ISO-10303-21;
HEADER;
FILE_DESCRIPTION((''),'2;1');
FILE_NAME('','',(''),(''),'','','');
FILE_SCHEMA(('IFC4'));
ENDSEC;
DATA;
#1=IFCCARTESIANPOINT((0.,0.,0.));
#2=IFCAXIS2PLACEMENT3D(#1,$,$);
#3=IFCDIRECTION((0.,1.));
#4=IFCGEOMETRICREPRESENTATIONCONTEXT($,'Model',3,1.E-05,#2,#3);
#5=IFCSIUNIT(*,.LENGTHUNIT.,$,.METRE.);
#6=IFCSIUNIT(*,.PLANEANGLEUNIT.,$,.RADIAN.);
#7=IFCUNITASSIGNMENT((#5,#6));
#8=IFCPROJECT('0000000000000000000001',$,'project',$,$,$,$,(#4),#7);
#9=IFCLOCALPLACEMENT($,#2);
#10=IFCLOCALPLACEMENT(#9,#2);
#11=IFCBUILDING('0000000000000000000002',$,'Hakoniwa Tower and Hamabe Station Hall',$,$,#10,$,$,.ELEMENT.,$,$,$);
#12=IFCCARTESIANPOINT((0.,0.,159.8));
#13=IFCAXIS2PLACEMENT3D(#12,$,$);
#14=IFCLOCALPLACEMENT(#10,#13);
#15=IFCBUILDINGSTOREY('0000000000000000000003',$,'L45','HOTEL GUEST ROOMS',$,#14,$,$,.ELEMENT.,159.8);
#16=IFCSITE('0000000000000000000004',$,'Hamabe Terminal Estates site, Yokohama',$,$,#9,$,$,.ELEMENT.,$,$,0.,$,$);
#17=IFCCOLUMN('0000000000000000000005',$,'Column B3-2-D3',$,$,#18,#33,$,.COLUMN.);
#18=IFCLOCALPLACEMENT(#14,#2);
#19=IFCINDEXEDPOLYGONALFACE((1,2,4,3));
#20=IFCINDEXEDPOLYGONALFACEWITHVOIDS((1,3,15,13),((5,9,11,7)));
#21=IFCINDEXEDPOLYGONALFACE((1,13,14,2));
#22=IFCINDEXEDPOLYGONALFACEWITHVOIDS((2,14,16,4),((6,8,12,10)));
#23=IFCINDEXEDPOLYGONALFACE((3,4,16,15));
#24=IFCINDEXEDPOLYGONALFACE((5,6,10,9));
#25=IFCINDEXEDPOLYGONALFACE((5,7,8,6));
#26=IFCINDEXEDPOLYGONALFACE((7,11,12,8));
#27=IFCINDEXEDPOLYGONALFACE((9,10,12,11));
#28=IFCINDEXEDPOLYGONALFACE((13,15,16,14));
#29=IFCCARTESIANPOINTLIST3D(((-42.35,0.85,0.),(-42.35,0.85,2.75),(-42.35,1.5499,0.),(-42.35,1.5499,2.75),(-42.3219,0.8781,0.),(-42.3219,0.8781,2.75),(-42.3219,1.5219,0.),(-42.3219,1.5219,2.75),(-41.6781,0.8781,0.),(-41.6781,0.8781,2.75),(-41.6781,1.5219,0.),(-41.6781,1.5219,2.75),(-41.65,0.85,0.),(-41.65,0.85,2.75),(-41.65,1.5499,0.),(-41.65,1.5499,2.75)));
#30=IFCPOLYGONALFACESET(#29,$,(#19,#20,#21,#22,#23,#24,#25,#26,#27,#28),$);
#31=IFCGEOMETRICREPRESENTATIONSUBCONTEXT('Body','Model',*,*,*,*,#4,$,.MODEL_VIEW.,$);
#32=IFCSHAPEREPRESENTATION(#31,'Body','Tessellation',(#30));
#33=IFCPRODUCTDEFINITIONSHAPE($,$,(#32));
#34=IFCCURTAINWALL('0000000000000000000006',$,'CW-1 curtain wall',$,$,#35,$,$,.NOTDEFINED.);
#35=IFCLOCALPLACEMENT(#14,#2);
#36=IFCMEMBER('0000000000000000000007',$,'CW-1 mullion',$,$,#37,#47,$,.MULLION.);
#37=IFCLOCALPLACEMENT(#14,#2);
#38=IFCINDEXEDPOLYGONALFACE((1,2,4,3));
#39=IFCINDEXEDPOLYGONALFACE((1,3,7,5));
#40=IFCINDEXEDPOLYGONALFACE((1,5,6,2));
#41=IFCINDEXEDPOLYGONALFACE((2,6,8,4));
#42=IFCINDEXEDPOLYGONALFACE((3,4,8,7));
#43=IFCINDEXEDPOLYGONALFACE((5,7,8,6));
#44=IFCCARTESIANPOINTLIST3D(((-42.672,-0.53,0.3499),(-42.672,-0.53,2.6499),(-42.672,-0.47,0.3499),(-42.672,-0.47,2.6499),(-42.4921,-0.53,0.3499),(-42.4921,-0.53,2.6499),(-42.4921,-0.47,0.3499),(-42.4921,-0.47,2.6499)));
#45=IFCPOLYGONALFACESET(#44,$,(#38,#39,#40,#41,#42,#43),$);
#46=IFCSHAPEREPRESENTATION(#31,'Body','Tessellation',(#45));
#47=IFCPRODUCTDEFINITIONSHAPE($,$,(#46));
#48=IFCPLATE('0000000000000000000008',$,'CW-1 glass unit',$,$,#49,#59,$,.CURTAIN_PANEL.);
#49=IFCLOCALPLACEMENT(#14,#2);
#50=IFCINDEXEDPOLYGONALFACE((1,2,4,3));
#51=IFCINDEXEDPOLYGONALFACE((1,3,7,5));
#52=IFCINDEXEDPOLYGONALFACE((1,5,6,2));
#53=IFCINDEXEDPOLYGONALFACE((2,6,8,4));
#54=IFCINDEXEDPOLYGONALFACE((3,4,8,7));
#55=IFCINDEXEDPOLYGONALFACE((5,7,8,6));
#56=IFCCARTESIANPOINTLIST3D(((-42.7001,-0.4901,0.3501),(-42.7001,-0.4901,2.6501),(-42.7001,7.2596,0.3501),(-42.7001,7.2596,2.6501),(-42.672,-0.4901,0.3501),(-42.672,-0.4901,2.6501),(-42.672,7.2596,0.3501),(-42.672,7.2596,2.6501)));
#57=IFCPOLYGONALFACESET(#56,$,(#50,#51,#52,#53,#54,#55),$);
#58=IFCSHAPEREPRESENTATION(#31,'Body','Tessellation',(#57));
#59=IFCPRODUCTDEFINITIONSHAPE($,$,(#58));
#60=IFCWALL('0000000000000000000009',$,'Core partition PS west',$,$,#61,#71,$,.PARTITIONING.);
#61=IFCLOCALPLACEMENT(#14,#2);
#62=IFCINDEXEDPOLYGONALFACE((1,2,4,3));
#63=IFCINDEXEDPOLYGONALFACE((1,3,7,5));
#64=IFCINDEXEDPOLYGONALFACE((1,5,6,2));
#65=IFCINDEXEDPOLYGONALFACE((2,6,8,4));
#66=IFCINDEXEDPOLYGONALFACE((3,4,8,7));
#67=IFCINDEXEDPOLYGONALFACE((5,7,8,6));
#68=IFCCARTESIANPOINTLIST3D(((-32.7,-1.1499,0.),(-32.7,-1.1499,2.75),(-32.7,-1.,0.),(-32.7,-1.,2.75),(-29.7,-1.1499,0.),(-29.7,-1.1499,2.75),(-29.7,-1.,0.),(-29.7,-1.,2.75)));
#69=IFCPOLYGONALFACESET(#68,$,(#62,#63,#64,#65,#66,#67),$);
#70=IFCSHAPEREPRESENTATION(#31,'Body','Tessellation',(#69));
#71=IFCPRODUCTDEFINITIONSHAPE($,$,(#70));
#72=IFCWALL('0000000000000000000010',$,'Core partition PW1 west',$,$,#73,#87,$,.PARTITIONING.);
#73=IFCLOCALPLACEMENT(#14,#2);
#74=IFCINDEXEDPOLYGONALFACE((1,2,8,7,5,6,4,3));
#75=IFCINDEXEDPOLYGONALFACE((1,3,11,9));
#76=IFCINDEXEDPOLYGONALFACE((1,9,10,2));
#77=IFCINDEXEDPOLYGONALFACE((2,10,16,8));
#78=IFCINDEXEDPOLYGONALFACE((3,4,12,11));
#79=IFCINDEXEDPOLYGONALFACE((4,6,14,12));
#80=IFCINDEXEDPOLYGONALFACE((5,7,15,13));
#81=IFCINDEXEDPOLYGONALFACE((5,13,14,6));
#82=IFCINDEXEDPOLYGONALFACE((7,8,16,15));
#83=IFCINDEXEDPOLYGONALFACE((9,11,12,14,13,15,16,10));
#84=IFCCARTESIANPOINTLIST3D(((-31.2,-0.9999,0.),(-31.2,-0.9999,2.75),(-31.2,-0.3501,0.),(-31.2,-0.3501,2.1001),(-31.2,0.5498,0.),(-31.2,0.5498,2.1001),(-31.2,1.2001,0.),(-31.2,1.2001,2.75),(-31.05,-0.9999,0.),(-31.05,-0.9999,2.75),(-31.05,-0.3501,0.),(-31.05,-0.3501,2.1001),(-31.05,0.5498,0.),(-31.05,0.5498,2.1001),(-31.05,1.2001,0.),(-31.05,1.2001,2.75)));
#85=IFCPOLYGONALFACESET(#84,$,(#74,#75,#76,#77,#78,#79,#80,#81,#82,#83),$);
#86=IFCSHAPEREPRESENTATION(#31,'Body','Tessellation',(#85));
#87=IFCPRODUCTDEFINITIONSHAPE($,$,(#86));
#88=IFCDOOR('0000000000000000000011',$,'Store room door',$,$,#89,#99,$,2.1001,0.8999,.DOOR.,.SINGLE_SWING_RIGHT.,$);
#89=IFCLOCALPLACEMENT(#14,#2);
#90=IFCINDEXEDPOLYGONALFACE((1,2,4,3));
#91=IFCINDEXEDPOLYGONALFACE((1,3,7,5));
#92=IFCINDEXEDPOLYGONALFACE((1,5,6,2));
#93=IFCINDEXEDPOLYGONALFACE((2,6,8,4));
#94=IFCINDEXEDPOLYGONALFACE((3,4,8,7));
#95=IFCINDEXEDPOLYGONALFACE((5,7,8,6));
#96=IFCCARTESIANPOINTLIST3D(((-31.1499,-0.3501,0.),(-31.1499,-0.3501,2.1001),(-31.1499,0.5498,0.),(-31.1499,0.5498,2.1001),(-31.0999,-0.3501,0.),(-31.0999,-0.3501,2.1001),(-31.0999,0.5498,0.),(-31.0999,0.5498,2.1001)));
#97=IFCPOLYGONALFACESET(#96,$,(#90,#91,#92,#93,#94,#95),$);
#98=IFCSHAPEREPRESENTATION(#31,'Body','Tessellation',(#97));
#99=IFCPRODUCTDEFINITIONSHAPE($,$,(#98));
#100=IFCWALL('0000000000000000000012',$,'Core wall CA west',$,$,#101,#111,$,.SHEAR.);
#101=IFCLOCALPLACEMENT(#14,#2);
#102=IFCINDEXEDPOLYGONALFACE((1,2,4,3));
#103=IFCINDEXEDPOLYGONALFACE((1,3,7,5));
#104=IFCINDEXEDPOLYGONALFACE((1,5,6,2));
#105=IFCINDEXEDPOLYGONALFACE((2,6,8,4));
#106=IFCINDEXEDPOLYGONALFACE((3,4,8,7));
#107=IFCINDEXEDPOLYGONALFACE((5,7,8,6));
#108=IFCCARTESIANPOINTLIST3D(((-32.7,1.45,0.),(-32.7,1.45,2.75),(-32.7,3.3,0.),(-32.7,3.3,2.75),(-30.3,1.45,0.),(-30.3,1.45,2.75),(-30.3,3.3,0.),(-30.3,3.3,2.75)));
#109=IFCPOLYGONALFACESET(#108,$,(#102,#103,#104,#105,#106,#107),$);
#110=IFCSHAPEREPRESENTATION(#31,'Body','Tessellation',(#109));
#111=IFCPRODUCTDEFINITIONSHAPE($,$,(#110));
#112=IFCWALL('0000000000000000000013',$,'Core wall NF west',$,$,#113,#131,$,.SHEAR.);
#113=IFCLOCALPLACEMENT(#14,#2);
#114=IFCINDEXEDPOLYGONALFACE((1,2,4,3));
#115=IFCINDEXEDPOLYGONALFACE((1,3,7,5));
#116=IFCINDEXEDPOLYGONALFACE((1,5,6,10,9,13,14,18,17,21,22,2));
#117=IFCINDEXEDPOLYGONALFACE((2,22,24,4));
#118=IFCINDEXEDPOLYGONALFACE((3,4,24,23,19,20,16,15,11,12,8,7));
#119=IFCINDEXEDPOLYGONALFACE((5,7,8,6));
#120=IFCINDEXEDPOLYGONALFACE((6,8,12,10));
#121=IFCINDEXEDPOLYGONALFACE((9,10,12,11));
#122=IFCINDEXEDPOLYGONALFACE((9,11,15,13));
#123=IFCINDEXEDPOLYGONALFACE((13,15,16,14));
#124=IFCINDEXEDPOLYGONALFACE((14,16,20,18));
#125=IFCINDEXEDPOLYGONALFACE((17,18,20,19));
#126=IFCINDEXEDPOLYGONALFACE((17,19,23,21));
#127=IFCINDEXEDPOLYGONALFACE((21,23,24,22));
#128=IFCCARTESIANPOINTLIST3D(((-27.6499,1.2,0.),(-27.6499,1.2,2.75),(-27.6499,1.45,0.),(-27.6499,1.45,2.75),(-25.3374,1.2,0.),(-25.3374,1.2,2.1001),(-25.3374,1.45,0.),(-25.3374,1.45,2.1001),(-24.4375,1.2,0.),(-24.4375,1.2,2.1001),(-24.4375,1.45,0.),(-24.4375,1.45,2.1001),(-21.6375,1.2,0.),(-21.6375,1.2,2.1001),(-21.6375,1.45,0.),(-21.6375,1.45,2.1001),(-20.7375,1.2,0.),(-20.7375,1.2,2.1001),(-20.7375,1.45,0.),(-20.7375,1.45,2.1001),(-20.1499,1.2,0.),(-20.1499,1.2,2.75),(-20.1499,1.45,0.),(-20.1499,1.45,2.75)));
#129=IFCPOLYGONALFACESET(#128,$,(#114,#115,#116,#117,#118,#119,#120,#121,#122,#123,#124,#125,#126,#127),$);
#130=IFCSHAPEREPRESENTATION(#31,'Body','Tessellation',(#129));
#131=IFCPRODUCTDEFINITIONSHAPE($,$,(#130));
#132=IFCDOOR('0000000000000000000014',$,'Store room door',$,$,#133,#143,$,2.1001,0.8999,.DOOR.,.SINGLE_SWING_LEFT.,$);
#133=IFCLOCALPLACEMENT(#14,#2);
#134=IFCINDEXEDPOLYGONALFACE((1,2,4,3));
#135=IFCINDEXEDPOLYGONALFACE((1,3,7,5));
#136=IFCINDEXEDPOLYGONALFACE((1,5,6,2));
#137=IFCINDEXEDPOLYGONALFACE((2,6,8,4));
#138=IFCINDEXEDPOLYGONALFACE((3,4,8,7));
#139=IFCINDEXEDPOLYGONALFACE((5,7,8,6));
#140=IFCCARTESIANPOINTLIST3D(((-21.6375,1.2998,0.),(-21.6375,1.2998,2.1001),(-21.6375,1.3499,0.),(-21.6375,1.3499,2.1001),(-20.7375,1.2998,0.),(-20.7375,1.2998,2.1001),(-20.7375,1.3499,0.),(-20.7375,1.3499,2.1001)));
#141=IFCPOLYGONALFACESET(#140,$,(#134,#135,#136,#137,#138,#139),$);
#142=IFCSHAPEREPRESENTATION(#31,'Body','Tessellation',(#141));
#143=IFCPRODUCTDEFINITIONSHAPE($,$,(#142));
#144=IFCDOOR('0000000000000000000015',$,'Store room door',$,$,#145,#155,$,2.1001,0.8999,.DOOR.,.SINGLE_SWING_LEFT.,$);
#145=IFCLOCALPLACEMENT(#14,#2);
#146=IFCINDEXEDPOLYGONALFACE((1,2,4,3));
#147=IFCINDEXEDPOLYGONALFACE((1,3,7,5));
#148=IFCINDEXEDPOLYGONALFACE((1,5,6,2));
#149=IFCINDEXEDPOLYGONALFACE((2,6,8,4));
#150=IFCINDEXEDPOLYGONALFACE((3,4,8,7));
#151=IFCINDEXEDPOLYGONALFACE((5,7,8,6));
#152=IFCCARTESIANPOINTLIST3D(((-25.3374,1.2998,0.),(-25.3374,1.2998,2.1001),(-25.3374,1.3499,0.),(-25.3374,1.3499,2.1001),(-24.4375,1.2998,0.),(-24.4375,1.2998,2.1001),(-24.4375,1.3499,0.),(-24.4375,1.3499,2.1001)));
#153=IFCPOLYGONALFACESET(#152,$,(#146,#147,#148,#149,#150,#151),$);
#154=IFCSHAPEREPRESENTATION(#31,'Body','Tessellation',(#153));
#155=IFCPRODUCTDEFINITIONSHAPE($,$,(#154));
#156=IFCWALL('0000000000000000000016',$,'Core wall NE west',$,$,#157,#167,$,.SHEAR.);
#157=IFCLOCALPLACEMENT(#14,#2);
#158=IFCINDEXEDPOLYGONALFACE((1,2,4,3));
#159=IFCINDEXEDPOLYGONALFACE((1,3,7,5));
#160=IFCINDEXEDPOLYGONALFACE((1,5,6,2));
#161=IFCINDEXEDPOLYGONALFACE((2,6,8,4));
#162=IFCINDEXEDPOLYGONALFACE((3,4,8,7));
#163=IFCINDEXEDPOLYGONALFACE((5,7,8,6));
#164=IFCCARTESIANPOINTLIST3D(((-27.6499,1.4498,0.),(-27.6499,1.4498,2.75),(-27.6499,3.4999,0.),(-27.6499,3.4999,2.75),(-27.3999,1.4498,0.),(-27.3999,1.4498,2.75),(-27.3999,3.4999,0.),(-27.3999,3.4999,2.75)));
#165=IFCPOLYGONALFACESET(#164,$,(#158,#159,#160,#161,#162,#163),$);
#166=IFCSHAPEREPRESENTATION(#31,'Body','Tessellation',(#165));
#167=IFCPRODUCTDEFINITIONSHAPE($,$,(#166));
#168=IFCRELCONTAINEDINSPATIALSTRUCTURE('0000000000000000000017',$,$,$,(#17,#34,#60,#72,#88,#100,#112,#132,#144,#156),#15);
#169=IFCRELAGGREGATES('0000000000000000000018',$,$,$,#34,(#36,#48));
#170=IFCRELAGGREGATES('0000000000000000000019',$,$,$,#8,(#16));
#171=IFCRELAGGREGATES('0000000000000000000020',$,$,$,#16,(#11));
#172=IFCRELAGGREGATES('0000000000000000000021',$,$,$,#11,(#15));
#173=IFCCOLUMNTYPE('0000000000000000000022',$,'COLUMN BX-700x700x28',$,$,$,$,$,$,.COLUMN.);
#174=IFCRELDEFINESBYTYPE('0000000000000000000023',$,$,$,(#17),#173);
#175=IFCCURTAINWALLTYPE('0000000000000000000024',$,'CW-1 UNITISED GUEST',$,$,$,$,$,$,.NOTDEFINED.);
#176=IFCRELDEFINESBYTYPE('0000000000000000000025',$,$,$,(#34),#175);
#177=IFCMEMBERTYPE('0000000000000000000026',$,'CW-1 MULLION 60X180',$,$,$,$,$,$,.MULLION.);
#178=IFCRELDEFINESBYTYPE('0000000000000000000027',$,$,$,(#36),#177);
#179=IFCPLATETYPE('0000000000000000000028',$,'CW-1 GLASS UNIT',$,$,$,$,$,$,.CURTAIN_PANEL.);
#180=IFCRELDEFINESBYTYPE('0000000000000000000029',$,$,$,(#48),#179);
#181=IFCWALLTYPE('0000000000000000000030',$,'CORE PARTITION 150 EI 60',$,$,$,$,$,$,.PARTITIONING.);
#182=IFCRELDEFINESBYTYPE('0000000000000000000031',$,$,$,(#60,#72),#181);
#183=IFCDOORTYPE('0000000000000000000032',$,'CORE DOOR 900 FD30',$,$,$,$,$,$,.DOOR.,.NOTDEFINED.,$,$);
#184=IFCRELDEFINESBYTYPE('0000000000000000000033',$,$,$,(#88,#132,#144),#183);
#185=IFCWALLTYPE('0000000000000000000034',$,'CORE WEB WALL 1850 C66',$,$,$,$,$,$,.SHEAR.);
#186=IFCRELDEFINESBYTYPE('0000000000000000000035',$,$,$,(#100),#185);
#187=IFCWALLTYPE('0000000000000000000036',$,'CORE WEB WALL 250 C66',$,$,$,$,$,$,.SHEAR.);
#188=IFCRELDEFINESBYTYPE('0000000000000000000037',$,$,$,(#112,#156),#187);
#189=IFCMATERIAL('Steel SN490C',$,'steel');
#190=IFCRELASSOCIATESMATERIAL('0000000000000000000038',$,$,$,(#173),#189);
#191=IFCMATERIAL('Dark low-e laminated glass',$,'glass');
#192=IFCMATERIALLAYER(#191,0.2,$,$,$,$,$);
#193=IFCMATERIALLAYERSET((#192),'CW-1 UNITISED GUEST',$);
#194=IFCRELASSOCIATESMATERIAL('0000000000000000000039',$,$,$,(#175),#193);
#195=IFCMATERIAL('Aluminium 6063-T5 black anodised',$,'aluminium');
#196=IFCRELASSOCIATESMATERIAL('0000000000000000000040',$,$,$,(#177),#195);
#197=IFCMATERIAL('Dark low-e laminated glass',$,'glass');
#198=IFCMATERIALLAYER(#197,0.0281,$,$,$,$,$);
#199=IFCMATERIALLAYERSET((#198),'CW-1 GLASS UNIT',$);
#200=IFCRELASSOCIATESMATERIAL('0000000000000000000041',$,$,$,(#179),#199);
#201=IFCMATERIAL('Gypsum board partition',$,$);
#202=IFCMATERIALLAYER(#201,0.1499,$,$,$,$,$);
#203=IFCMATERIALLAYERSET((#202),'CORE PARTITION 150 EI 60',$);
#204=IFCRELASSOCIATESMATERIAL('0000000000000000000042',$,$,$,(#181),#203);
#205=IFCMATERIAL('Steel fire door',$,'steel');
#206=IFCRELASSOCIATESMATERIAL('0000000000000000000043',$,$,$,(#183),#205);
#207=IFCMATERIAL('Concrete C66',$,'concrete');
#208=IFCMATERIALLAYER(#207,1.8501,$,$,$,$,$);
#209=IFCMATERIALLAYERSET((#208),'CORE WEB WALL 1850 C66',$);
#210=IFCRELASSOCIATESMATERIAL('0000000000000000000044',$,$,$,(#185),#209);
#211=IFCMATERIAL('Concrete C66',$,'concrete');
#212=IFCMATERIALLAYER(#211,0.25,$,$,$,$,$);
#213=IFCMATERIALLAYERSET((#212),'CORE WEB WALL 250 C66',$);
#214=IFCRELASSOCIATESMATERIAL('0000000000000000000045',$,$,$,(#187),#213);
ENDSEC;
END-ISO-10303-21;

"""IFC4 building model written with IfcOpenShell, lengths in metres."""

from ifc_helpers import new_model, si_unit, direction, frame, frame_2d, origin, origin_2d, place, context, subcontext, project, spatial, rectangle, hollow_rectangle, extrude, material, layer, layer_set, material_profile, profile_set, type_object, element, fill, aggregate, save


model = new_model("IFC4")

# Units and contexts
model_context = context("Model", 3, precision=1e-05, world=origin(), true_north=direction((0.0, 1.0)))
body_context = subcontext(model_context, "Body", "Model", "MODEL_VIEW")
ifc_project = project(units=[si_unit("LENGTHUNIT", "METRE"), si_unit("PLANEANGLEUNIT", "RADIAN")], contexts=[model_context])

# Site, building, storey
site_placement = place(None, origin())
site = spatial("IfcSite", under=ifc_project, at=site_placement, Name="Hamabe Terminal Estates site, Yokohama", CompositionType="ELEMENT", RefElevation=0.0)
building_placement = place(site_placement, origin())
building = spatial("IfcBuilding", under=site, at=building_placement, Name="Hakoniwa Tower and Hamabe Station Hall", CompositionType="ELEMENT")
storey_placement = place(building_placement, frame((0.0, 0.0, 159.8)))
storey = spatial("IfcBuildingStorey", under=building, at=storey_placement, Name="L45", Description="HOTEL GUEST ROOMS", CompositionType="ELEMENT", Elevation=159.8)

# Column
ifc_material_1 = material(Name="Steel SN490C", Category="steel")
ifc_material_profile_1 = material_profile(ifc_material_1, hollow_rectangle(XDim=0.7, YDim=0.7, WallThickness=0.0281, at=origin_2d()), Name="BX-700x700x28")
ifc_profile_set_1 = profile_set([ifc_material_profile_1], Name="Steel SN490C")
column_type = type_object("IfcColumnType", Name="COLUMN BX-700x700x28", PredefinedType="COLUMN", material=ifc_profile_set_1)
column_placement = place(storey_placement, frame((-42.0, 1.2, 0.0), z_axis=(0.0, 0.0, 1.0), x_axis=(1.0, 0.0, 0.0)))
element("IfcColumn", 1, at=column_placement, inside=storey, type_object=column_type, Name="Column B3-2-D3", PredefinedType="COLUMN", context=body_context, shape_type="SweptSolid", body=[
    extrude(hollow_rectangle(XDim=0.7, YDim=0.7, WallThickness=0.0281, at=origin_2d()), origin(), (0.0, 0.0, 1.0), 2.75),
])

# Curtain wall, member, plate
ifc_material_2 = material(Name="Dark low-e laminated glass", Category="glass")
ifc_layer_1 = layer(ifc_material_2, 0.2)
ifc_layer_set_1 = layer_set([ifc_layer_1], Name="CW-1 UNITISED GUEST")
curtain_wall_type = type_object("IfcCurtainWallType", Name="CW-1 UNITISED GUEST", PredefinedType="NOTDEFINED", material=ifc_layer_set_1)
curtain_wall_placement = place(storey_placement, origin())
curtain_wall = element("IfcCurtainWall", 2, at=curtain_wall_placement, inside=storey, type_object=curtain_wall_type, Name="CW-1 curtain wall", PredefinedType="NOTDEFINED")
ifc_material_3 = material(Name="Aluminium 6063-T5 black anodised", Category="aluminium")
ifc_material_profile_2 = material_profile(ifc_material_3, rectangle(XDim=0.0601, YDim=0.1799, at=origin_2d()), Name="CW-1 MULLION 60X180")
ifc_profile_set_2 = profile_set([ifc_material_profile_2], Name="Aluminium 6063-T5 black anodised")
member_type = type_object("IfcMemberType", Name="CW-1 MULLION 60X180", PredefinedType="MULLION", material=ifc_profile_set_2)
member_placement = place(storey_placement, frame((-42.582, -0.5, 0.3499), z_axis=(0.0, 0.0, 1.0), x_axis=(0.0, -1.0, 0.0)))
member = element("IfcMember", 3, at=member_placement, type_object=member_type, Name="CW-1 mullion", PredefinedType="MULLION", context=body_context, shape_type="SweptSolid", body=[
    extrude(rectangle(XDim=0.0601, YDim=0.1799, at=origin_2d()), origin(), (0.0, 0.0, 1.0), 2.3),
])
ifc_material_4 = material(Name="Dark low-e laminated glass", Category="glass")
ifc_layer_2 = layer(ifc_material_4, 0.0281)
ifc_layer_set_2 = layer_set([ifc_layer_2], Name="CW-1 GLASS UNIT")
plate_type = type_object("IfcPlateType", Name="CW-1 GLASS UNIT", PredefinedType="CURTAIN_PANEL", material=ifc_layer_set_2)
plate_placement = place(storey_placement, frame((-42.686, 3.3848, 0.3501), z_axis=(0.0, 0.0, 1.0), x_axis=(0.0, -1.0, 0.0)))
plate = element("IfcPlate", 4, at=plate_placement, type_object=plate_type, Name="CW-1 glass unit", PredefinedType="CURTAIN_PANEL", context=body_context, shape_type="SweptSolid", body=[
    extrude(rectangle(XDim=7.7498, YDim=0.0281, at=origin_2d()), origin(), (0.0, 0.0, 1.0), 2.3),
])
aggregate(curtain_wall, [member, plate])

# Wall
ifc_material_5 = material(Name="Gypsum board partition")
ifc_layer_3 = layer(ifc_material_5, 0.1499)
ifc_layer_set_3 = layer_set([ifc_layer_3], Name="CORE PARTITION 150 EI 60")
wall_type_1 = type_object("IfcWallType", Name="CORE PARTITION 150 EI 60", PredefinedType="PARTITIONING", material=ifc_layer_set_3)
wall_1_placement = place(storey_placement, frame((-32.7, -1.075, 0.0), z_axis=(0.0, 0.0, 1.0), x_axis=(1.0, 0.0, 0.0)))
element("IfcWall", 5, at=wall_1_placement, inside=storey, type_object=wall_type_1, Name="Core partition PS west", PredefinedType="PARTITIONING", context=body_context, shape_type="SweptSolid", body=[
    extrude(rectangle(XDim=3.0, YDim=0.1499, at=frame_2d((1.5, 0.0))), origin(), (0.0, 0.0, 1.0), 2.75),
])

# Wall, opening, door
wall_2_placement = place(storey_placement, frame((-31.125, -1.0, 0.0), z_axis=(0.0, 0.0, 1.0), x_axis=(0.0, 1.0, 0.0)))
wall_2 = element("IfcWall", 6, at=wall_2_placement, inside=storey, type_object=wall_type_1, Name="Core partition PW1 west", PredefinedType="PARTITIONING", context=body_context, shape_type="SweptSolid", body=[
    extrude(rectangle(XDim=2.2, YDim=0.1499, at=frame_2d((1.1001, 0.0))), origin(), (0.0, 0.0, 1.0), 2.75),
])
opening_1_placement = place(wall_2_placement, frame((0.6499, 0.0, 0.0)))
opening_1 = element("IfcOpeningElement", 7, at=opening_1_placement, cuts=wall_2, PredefinedType="OPENING", context=body_context, shape_type="SweptSolid", body=[
    extrude(rectangle(XDim=0.8999, YDim=2.1001, at=frame_2d((0.45, 1.05))), frame((0.0, 0.085, 0.0), z_axis=(0.0, -1.0, 0.0), x_axis=(1.0, 0.0, 0.0)), (0.0, 0.0, 1.0), 0.1699),
])
ifc_material_6 = material(Name="Steel fire door", Category="steel")
door_type_1 = type_object("IfcDoorType", Name="CORE DOOR 900 FD30", OperationType="NOTDEFINED", PredefinedType="DOOR", material=ifc_material_6)
door_1_placement = place(opening_1_placement, origin())
door_1 = element("IfcDoor", 8, at=door_1_placement, inside=storey, type_object=door_type_1, Name="Store room door", OperationType="SINGLE_SWING_RIGHT", OverallHeight=2.1001, OverallWidth=0.8999, PredefinedType="DOOR", context=body_context, shape_type="SweptSolid", body=[
    extrude(rectangle(XDim=0.8999, YDim=2.1001, at=frame_2d((0.45, 1.05))), frame((0.0, 0.0249, 0.0), z_axis=(0.0, -1.0, 0.0), x_axis=(1.0, 0.0, 0.0)), (0.0, 0.0, 1.0), 0.05),
])
fill(opening_1, door_1)

# Wall
ifc_material_7 = material(Name="Concrete C66", Category="concrete")
ifc_layer_4 = layer(ifc_material_7, 1.8501)
ifc_layer_set_4 = layer_set([ifc_layer_4], Name="CORE WEB WALL 1850 C66")
wall_type_2 = type_object("IfcWallType", Name="CORE WEB WALL 1850 C66", PredefinedType="SHEAR", material=ifc_layer_set_4)
wall_3_placement = place(storey_placement, frame((-32.7, 2.375, 0.0), z_axis=(0.0, 0.0, 1.0), x_axis=(1.0, 0.0, 0.0)))
element("IfcWall", 9, at=wall_3_placement, inside=storey, type_object=wall_type_2, Name="Core wall CA west", PredefinedType="SHEAR", context=body_context, shape_type="SweptSolid", body=[
    extrude(rectangle(XDim=2.3999, YDim=1.8501, at=frame_2d((1.2, 0.0))), origin(), (0.0, 0.0, 1.0), 2.75),
])

# Wall, openings, doors
ifc_material_8 = material(Name="Concrete C66", Category="concrete")
ifc_layer_5 = layer(ifc_material_8, 0.25)
ifc_layer_set_5 = layer_set([ifc_layer_5], Name="CORE WEB WALL 250 C66")
wall_type_3 = type_object("IfcWallType", Name="CORE WEB WALL 250 C66", PredefinedType="SHEAR", material=ifc_layer_set_5)
wall_4_placement = place(storey_placement, frame((-27.6499, 1.325, 0.0), z_axis=(0.0, 0.0, 1.0), x_axis=(1.0, 0.0, 0.0)))
wall_4 = element("IfcWall", 10, at=wall_4_placement, inside=storey, type_object=wall_type_3, Name="Core wall NF west", PredefinedType="SHEAR", context=body_context, shape_type="SweptSolid", body=[
    extrude(rectangle(XDim=7.5, YDim=0.25, at=frame_2d((3.75, 0.0))), origin(), (0.0, 0.0, 1.0), 2.75),
])
opening_2_placement = place(wall_4_placement, frame((6.0125, 0.0, 0.0)))
opening_2 = element("IfcOpeningElement", 11, at=opening_2_placement, cuts=wall_4, PredefinedType="OPENING", context=body_context, shape_type="SweptSolid", body=[
    extrude(rectangle(XDim=0.8999, YDim=2.1001, at=frame_2d((0.45, 1.05))), frame((0.0, 0.135, 0.0), z_axis=(0.0, -1.0, 0.0), x_axis=(1.0, 0.0, 0.0)), (0.0, 0.0, 1.0), 0.27),
])
opening_3_placement = place(wall_4_placement, frame((2.3125, 0.0, 0.0)))
opening_3 = element("IfcOpeningElement", 12, at=opening_3_placement, cuts=wall_4, PredefinedType="OPENING", context=body_context, shape_type="SweptSolid", body=[
    extrude(rectangle(XDim=0.8999, YDim=2.1001, at=frame_2d((0.45, 1.05))), frame((0.0, 0.135, 0.0), z_axis=(0.0, -1.0, 0.0), x_axis=(1.0, 0.0, 0.0)), (0.0, 0.0, 1.0), 0.27),
])
door_2_placement = place(opening_2_placement, origin())
door_2 = element("IfcDoor", 13, at=door_2_placement, inside=storey, type_object=door_type_1, Name="Store room door", OperationType="SINGLE_SWING_LEFT", OverallHeight=2.1001, OverallWidth=0.8999, PredefinedType="DOOR", context=body_context, shape_type="SweptSolid", body=[
    extrude(rectangle(XDim=0.8999, YDim=2.1001, at=frame_2d((0.45, 1.05))), frame((0.0, 0.0249, 0.0), z_axis=(0.0, -1.0, 0.0), x_axis=(1.0, 0.0, 0.0)), (0.0, 0.0, 1.0), 0.05),
])
fill(opening_2, door_2)
door_3_placement = place(opening_3_placement, origin())
door_3 = element("IfcDoor", 14, at=door_3_placement, inside=storey, type_object=door_type_1, Name="Store room door", OperationType="SINGLE_SWING_LEFT", OverallHeight=2.1001, OverallWidth=0.8999, PredefinedType="DOOR", context=body_context, shape_type="SweptSolid", body=[
    extrude(rectangle(XDim=0.8999, YDim=2.1001, at=frame_2d((0.45, 1.05))), frame((0.0, 0.0249, 0.0), z_axis=(0.0, -1.0, 0.0), x_axis=(1.0, 0.0, 0.0)), (0.0, 0.0, 1.0), 0.05),
])
fill(opening_3, door_3)

# Wall
wall_5_placement = place(storey_placement, frame((-27.5249, 1.45, 0.0), z_axis=(0.0, 0.0, 1.0), x_axis=(0.0, 1.0, 0.0)))
element("IfcWall", 15, at=wall_5_placement, inside=storey, type_object=wall_type_3, Name="Core wall NE west", PredefinedType="SHEAR", context=body_context, shape_type="SweptSolid", body=[
    extrude(rectangle(XDim=2.05, YDim=0.25, at=frame_2d((1.0249, 0.0))), origin(), (0.0, 0.0, 1.0), 2.75),
])

save(model, "model.ifc")
